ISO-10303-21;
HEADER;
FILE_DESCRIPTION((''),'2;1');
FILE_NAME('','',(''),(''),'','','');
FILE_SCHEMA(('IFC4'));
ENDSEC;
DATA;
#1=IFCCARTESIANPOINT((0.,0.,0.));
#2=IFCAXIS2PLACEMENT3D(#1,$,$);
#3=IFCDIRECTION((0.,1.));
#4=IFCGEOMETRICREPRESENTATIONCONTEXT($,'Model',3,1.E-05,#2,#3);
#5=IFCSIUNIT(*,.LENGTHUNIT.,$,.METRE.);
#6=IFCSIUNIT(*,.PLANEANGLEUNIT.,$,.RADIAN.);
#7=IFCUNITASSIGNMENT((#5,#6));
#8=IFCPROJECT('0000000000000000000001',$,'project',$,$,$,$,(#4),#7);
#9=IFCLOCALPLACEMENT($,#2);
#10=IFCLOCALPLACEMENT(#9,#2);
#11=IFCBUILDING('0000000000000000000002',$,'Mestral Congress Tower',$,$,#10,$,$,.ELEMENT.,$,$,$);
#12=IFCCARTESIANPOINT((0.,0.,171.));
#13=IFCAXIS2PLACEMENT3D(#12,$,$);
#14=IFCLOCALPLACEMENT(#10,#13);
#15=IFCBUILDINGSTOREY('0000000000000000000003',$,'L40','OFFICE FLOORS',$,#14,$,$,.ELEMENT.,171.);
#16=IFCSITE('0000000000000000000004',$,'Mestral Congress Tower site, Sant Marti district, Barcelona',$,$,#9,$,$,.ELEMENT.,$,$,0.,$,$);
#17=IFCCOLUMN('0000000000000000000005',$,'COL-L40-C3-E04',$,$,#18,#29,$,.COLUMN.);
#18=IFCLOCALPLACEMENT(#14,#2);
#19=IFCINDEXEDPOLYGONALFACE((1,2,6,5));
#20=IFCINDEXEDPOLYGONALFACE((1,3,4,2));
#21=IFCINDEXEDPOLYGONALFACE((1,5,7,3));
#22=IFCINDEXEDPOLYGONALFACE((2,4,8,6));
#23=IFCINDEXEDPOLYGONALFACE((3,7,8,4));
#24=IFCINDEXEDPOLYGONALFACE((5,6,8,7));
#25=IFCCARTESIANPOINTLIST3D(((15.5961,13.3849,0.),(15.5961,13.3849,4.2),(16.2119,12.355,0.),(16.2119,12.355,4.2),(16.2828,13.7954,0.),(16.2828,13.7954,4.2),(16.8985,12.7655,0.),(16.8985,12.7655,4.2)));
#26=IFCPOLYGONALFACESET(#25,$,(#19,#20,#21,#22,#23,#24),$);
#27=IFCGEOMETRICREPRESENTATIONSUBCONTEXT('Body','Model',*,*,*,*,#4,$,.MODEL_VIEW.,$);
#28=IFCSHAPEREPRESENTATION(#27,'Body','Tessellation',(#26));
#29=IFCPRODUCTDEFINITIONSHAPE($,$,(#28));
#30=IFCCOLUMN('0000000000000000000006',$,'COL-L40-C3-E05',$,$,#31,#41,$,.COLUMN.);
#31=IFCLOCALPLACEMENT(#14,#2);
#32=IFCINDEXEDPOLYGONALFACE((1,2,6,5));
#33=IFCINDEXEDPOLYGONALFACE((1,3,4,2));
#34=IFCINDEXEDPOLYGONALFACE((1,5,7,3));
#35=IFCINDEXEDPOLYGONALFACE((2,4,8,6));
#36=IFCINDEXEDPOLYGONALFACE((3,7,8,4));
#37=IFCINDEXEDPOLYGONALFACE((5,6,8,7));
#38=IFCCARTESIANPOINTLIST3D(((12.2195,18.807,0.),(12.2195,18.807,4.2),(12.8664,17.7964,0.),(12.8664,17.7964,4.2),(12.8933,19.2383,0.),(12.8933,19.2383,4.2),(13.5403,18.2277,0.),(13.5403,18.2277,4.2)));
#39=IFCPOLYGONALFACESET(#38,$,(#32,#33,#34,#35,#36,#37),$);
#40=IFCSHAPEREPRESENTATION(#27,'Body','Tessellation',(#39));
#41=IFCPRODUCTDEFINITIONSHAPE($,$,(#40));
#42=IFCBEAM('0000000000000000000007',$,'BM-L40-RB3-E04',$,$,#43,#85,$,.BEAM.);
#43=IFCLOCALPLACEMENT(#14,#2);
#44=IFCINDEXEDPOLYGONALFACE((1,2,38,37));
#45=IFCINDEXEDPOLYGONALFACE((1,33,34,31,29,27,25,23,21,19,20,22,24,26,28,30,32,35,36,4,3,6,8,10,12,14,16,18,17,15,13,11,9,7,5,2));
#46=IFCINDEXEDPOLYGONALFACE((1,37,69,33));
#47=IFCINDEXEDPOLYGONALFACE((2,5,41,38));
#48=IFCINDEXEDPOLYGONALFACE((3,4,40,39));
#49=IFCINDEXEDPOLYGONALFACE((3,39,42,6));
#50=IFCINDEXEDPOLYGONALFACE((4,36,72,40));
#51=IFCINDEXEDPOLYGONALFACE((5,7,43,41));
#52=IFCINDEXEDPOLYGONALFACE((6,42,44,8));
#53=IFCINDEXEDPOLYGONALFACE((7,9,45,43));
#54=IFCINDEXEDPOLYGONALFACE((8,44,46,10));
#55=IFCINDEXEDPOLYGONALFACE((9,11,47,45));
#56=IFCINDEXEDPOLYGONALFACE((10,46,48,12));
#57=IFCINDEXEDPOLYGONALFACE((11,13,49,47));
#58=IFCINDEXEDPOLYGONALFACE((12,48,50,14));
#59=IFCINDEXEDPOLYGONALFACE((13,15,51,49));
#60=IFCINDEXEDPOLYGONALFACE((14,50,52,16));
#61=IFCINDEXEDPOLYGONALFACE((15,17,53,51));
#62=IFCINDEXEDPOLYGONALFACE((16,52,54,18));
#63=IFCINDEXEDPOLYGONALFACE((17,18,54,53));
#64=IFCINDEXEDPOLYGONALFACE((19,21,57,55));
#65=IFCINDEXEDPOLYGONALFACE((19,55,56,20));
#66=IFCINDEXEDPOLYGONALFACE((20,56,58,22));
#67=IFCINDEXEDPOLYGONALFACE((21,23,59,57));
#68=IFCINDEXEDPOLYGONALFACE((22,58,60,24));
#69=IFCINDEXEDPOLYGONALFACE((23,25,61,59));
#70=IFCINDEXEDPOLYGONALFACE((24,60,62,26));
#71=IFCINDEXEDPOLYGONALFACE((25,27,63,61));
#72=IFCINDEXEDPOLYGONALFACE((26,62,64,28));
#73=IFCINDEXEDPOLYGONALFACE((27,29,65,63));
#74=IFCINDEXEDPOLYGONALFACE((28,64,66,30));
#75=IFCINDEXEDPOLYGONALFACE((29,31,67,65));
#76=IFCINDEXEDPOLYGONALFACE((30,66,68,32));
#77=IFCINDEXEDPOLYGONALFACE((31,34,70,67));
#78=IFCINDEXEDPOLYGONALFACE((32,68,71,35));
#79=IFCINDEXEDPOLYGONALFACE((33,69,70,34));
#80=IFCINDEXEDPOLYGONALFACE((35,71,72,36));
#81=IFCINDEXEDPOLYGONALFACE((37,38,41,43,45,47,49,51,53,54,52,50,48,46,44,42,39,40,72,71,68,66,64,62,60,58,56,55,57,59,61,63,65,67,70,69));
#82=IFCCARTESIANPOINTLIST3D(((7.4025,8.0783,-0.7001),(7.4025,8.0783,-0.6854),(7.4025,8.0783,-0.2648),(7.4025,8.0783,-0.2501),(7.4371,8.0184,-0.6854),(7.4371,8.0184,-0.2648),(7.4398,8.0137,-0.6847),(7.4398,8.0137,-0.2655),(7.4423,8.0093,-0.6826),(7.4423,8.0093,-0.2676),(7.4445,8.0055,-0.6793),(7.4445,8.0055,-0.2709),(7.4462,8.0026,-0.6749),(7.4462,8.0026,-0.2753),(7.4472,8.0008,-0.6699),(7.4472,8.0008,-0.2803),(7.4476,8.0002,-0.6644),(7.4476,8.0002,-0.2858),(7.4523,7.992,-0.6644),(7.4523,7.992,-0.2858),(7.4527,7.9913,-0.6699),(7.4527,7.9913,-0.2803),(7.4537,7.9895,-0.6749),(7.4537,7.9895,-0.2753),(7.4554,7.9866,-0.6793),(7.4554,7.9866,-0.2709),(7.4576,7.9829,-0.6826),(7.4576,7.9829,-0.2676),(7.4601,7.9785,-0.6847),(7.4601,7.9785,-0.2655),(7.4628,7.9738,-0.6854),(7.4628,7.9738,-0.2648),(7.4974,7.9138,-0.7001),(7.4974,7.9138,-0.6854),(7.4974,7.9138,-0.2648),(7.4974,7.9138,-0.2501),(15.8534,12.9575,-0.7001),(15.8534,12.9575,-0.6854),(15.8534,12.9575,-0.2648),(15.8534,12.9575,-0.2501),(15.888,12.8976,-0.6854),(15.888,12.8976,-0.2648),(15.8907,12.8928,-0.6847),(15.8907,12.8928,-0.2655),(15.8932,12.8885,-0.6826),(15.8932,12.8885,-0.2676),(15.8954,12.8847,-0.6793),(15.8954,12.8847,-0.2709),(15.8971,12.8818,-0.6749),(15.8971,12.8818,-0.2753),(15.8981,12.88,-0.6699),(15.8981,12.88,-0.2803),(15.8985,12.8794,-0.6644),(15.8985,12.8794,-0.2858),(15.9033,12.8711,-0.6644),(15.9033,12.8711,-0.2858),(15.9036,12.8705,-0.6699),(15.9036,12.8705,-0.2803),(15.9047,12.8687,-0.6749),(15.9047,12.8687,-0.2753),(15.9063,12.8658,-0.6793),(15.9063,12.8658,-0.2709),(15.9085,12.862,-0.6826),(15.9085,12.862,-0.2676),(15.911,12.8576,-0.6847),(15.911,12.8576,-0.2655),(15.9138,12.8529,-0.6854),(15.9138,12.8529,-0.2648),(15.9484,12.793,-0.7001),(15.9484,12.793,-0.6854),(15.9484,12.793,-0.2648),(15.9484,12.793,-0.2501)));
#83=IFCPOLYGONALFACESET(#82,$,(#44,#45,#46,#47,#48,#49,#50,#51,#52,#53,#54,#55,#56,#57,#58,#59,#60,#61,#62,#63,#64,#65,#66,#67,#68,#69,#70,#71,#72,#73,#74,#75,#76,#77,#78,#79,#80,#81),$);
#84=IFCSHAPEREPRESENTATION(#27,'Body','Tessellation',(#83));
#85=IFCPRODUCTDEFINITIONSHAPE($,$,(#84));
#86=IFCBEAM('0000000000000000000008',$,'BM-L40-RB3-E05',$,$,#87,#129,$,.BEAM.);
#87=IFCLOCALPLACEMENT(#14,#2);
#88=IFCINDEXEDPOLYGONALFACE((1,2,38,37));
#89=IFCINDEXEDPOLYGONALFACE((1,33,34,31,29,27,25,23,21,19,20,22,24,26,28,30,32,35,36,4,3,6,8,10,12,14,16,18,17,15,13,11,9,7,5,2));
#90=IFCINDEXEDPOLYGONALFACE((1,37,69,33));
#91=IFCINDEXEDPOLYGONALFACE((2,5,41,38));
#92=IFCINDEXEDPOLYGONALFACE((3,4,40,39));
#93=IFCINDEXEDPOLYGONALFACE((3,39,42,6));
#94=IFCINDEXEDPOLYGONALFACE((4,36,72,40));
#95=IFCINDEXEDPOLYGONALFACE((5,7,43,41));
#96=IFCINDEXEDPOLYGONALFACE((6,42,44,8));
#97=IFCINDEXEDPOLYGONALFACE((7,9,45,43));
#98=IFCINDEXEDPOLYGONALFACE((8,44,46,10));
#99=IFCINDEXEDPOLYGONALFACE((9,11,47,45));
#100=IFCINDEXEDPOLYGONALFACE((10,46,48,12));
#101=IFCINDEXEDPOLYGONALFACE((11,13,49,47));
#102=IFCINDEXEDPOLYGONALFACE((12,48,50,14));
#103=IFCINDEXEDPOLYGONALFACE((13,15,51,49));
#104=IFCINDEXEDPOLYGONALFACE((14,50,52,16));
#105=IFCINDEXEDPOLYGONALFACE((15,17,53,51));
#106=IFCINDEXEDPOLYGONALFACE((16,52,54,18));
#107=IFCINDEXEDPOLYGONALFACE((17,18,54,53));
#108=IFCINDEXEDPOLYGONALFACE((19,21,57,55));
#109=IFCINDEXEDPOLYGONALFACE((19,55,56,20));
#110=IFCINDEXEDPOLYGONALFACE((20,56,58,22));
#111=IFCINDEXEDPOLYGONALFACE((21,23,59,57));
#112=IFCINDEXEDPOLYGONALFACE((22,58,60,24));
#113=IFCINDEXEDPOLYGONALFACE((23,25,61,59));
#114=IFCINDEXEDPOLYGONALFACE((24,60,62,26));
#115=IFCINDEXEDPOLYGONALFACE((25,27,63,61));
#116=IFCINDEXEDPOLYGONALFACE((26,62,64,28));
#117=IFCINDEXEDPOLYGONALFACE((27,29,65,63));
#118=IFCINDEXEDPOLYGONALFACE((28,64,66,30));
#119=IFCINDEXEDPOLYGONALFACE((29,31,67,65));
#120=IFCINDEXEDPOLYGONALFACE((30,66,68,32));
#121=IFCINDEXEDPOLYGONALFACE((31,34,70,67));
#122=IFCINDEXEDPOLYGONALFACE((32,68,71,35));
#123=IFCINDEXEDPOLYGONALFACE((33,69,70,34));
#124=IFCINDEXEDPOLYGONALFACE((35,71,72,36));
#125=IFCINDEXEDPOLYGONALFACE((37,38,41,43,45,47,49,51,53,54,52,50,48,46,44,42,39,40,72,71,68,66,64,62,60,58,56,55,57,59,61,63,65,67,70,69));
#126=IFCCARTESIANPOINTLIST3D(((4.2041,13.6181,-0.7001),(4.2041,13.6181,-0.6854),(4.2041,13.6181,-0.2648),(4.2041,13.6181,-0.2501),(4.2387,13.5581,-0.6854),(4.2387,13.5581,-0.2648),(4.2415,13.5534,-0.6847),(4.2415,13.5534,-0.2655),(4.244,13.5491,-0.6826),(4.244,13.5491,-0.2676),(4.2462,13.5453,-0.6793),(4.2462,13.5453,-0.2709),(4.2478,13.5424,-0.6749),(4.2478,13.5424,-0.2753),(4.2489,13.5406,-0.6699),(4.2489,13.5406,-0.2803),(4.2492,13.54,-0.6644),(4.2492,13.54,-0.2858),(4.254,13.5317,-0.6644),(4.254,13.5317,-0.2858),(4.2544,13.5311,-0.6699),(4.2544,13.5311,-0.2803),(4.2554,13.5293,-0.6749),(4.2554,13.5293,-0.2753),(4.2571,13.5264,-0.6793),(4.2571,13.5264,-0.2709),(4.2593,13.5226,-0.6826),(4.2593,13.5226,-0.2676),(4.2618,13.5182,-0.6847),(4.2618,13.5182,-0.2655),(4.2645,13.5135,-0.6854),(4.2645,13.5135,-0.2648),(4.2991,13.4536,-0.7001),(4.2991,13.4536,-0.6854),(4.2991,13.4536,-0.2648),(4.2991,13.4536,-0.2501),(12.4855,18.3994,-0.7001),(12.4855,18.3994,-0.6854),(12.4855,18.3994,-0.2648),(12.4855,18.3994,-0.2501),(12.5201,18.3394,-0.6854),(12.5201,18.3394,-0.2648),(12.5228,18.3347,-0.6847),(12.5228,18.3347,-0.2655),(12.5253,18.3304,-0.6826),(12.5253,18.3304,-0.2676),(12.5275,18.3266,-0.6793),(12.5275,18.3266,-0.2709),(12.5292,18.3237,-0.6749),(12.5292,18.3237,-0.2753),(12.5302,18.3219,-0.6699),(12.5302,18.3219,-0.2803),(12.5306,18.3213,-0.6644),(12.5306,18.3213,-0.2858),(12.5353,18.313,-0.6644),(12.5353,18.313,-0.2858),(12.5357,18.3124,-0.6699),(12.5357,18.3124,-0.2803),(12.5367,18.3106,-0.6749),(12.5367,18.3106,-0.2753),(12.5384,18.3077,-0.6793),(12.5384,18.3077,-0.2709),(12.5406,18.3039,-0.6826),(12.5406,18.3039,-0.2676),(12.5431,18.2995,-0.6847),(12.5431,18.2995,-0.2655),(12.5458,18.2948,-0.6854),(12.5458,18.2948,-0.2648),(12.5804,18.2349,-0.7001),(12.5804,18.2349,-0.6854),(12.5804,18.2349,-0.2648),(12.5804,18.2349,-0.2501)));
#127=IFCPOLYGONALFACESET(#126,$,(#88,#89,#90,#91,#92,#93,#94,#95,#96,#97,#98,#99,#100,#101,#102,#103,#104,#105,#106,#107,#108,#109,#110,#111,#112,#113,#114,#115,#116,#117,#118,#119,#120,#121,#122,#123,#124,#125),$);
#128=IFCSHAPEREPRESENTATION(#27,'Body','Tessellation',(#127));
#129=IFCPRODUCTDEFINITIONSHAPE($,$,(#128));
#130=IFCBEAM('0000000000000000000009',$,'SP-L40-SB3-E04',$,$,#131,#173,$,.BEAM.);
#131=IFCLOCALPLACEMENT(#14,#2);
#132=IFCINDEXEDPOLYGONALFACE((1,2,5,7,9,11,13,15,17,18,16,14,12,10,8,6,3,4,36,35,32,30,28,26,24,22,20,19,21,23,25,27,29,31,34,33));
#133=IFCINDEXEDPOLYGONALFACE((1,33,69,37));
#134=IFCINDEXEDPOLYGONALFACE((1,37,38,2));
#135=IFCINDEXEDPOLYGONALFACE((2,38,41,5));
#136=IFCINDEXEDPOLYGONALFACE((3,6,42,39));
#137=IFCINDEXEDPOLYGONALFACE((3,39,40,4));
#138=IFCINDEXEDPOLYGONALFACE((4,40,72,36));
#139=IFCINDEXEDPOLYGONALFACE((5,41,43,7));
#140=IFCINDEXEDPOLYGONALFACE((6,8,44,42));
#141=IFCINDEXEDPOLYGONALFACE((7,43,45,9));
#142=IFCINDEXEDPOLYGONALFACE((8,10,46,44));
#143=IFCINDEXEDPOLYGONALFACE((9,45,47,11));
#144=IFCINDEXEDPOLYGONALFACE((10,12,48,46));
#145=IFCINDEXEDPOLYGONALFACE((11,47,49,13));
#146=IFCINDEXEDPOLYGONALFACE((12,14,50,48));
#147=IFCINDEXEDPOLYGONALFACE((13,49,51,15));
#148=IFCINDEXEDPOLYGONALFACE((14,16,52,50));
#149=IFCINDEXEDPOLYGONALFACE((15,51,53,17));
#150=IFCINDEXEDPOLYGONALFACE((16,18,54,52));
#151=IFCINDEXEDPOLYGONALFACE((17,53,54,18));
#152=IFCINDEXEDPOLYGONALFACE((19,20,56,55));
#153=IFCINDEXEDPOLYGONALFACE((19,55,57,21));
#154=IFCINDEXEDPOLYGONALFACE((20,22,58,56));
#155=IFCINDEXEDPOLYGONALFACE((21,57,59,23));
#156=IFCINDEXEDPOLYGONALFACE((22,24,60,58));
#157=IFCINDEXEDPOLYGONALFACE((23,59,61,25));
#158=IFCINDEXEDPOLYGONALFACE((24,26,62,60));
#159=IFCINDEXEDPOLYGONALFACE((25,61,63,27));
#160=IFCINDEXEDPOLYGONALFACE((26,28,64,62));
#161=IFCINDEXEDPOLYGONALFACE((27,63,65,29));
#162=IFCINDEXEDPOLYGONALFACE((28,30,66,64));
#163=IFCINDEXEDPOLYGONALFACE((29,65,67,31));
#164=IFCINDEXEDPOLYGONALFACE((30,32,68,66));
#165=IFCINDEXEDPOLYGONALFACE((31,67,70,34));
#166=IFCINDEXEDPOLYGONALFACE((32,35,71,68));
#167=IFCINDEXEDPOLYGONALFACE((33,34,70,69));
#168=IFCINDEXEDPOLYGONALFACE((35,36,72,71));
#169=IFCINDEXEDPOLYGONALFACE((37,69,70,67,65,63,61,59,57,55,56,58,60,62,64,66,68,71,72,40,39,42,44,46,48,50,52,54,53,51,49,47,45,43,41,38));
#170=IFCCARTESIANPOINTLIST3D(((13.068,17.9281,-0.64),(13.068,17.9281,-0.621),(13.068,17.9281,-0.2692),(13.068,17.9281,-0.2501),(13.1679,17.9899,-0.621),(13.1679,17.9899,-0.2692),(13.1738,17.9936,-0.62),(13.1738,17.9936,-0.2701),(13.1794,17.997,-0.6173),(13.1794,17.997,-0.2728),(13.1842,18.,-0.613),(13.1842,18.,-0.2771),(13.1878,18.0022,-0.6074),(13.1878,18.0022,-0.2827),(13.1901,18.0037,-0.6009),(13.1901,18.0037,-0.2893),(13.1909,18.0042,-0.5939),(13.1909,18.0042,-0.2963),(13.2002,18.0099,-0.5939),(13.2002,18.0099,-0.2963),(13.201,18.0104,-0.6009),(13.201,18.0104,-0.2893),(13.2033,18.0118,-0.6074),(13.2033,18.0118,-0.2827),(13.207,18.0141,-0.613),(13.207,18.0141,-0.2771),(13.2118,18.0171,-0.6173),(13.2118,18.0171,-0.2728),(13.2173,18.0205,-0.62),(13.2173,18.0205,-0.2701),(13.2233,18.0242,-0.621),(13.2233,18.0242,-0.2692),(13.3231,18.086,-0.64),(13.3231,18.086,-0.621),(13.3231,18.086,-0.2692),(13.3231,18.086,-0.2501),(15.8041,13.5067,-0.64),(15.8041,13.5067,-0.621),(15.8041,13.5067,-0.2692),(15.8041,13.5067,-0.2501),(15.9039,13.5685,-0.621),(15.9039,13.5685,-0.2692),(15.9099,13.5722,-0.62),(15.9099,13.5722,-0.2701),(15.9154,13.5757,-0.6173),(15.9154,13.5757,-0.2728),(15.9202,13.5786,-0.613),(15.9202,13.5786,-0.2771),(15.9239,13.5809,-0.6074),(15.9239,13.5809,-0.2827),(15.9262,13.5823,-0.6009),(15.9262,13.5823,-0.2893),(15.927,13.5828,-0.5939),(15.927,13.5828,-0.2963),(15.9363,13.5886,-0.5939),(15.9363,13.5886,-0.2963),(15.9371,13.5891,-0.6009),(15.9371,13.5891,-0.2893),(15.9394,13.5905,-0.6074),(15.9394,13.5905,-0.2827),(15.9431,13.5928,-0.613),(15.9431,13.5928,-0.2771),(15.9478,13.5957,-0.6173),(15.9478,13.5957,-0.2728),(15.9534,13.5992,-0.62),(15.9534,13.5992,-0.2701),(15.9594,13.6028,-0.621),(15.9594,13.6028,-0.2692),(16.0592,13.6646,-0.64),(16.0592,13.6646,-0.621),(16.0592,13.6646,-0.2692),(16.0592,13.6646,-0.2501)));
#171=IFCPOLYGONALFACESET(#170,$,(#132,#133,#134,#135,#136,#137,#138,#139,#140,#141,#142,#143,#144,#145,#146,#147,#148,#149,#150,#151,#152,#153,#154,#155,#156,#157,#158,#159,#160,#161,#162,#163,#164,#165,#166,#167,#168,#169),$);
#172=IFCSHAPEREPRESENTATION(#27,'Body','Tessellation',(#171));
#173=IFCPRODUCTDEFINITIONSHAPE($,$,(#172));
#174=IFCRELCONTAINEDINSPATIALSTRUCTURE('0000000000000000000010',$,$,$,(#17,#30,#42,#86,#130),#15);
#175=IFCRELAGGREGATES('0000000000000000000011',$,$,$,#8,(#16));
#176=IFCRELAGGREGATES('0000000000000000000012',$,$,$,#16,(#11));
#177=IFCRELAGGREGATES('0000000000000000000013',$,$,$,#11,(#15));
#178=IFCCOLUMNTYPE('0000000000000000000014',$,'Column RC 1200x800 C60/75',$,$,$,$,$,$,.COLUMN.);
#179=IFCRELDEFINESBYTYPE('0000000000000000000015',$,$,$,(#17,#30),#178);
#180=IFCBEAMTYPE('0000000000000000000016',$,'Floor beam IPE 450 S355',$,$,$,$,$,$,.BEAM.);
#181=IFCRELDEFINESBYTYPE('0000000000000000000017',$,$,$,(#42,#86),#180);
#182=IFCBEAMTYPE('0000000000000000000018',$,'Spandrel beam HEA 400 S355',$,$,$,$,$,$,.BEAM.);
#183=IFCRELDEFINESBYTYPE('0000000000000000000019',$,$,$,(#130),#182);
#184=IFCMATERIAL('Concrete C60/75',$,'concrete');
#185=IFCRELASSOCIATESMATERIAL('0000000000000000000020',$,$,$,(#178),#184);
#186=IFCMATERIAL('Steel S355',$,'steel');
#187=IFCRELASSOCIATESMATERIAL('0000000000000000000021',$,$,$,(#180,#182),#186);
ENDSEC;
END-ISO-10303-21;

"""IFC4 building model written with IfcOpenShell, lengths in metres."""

from ifc_helpers import new_model, si_unit, direction, frame, origin, origin_2d, place, context, subcontext, project, spatial, rectangle, i_section, extrude, material, material_profile, profile_set, type_object, element, save


model = new_model("IFC4")

# Units and contexts
model_context = context("Model", 3, precision=1e-05, world=origin(), true_north=direction((0.0, 1.0)))
body_context = subcontext(model_context, "Body", "Model", "MODEL_VIEW")
ifc_project = project(units=[si_unit("LENGTHUNIT", "METRE"), si_unit("PLANEANGLEUNIT", "RADIAN")], contexts=[model_context])

# Site, building, storey
site_placement = place(None, origin())
site = spatial("IfcSite", under=ifc_project, at=site_placement, Name="Mestral Congress Tower site, Sant Marti district, Barcelona", CompositionType="ELEMENT", RefElevation=0.0)
building_placement = place(site_placement, origin())
building = spatial("IfcBuilding", under=site, at=building_placement, Name="Mestral Congress Tower", CompositionType="ELEMENT")
storey_placement = place(building_placement, frame((0.0, 0.0, 171.0)))
storey = spatial("IfcBuildingStorey", under=building, at=storey_placement, Name="L40", Description="OFFICE FLOORS", CompositionType="ELEMENT", Elevation=171.0)

# Columns
ifc_material_1 = material(Name="Concrete C60/75", Category="concrete")
ifc_material_profile_1 = material_profile(ifc_material_1, rectangle(XDim=1.2, YDim=0.8, at=origin_2d()), Name="RC 1200x800")
ifc_profile_set_1 = profile_set([ifc_material_profile_1], Name="Concrete C60/75")
column_type = type_object("IfcColumnType", Name="Column RC 1200x800 C60/75", PredefinedType="COLUMN", material=ifc_profile_set_1)
for number, where, z_axis, x_axis, name in (
    (1, (16.2473, 13.0752, 0.0), (0.0, 0.0, 1.0), (-0.513159, 0.858293, 0.0), "COL-L40-C3-E04"),
    (2, (12.8799, 18.5173, 0.0), (0.0, 0.0, 1.0), (-0.539115, 0.842232, 0.0), "COL-L40-C3-E05"),
):
    element("IfcColumn", number, at=place(storey_placement, frame(where, z_axis=z_axis, x_axis=x_axis)), inside=storey, type_object=column_type, Name=name, PredefinedType="COLUMN", context=body_context, shape_type="SweptSolid", body=[
        extrude(rectangle(XDim=1.2, YDim=0.8, at=origin_2d()), origin(), (0.0, 0.0, 1.0), 4.2),
    ])

# Beams
ifc_material_2 = material(Name="Steel S355", Category="steel")
ifc_material_profile_2 = material_profile(ifc_material_2, i_section(OverallWidth=0.1899, OverallDepth=0.45, WebThickness=0.0095, FlangeThickness=0.0146, FilletRadius=0.021, at=origin_2d()), Name="IPE 450")
ifc_profile_set_2 = profile_set([ifc_material_profile_2], Name="Steel S355")
beam_type_1 = type_object("IfcBeamType", Name="Floor beam IPE 450 S355", PredefinedType="BEAM", material=ifc_profile_set_2)
beam_1_placement = place(storey_placement, frame((15.9009, 12.8752, -0.4751), z_axis=(-0.866025, -0.5, 0.0), x_axis=(0.5, -0.866025, 0.0)))
element("IfcBeam", 3, at=beam_1_placement, inside=storey, type_object=beam_type_1, Name="BM-L40-RB3-E04", PredefinedType="BEAM", context=body_context, shape_type="SweptSolid", body=[
    extrude(i_section(OverallWidth=0.1899, OverallDepth=0.45, WebThickness=0.0095, FlangeThickness=0.0146, FilletRadius=0.021, at=origin_2d()), origin(), (0.0, 0.0, 1.0), 9.7583),
])
beam_2_placement = place(storey_placement, frame((12.533, 18.3171, -0.4751), z_axis=(-0.866022, -0.500005, 0.0), x_axis=(0.500005, -0.866022, 0.0)))
element("IfcBeam", 4, at=beam_2_placement, inside=storey, type_object=beam_type_1, Name="BM-L40-RB3-E05", PredefinedType="BEAM", context=body_context, shape_type="SweptSolid", body=[
    extrude(i_section(OverallWidth=0.1899, OverallDepth=0.45, WebThickness=0.0095, FlangeThickness=0.0146, FilletRadius=0.021, at=origin_2d()), origin(), (0.0, 0.0, 1.0), 9.5625),
])
ifc_material_profile_3 = material_profile(ifc_material_2, i_section(OverallWidth=0.3, OverallDepth=0.3899, WebThickness=0.011, FlangeThickness=0.019, FilletRadius=0.0271, at=origin_2d()), Name="HEA 400")
ifc_profile_set_3 = profile_set([ifc_material_profile_3], Name="Steel S355")
beam_type_2 = type_object("IfcBeamType", Name="Spandrel beam HEA 400 S355", PredefinedType="BEAM", material=ifc_profile_set_3)
for number, where, z_axis, x_axis, name in (
    (5, (15.9316, 13.5857, -0.4451), (-0.52622, 0.850348, 0.0), (-0.850348, -0.52622, 0.0), "SP-L40-SB3-E04"),
):
    element("IfcBeam", number, at=place(storey_placement, frame(where, z_axis=z_axis, x_axis=x_axis)), inside=storey, type_object=beam_type_2, Name=name, PredefinedType="BEAM", context=body_context, shape_type="SweptSolid", body=[
        extrude(i_section(OverallWidth=0.3, OverallDepth=0.3899, WebThickness=0.011, FlangeThickness=0.019, FilletRadius=0.0271, at=origin_2d()), origin(), (0.0, 0.0, 1.0), 5.1995),
    ])

save(model, "model.ifc")
